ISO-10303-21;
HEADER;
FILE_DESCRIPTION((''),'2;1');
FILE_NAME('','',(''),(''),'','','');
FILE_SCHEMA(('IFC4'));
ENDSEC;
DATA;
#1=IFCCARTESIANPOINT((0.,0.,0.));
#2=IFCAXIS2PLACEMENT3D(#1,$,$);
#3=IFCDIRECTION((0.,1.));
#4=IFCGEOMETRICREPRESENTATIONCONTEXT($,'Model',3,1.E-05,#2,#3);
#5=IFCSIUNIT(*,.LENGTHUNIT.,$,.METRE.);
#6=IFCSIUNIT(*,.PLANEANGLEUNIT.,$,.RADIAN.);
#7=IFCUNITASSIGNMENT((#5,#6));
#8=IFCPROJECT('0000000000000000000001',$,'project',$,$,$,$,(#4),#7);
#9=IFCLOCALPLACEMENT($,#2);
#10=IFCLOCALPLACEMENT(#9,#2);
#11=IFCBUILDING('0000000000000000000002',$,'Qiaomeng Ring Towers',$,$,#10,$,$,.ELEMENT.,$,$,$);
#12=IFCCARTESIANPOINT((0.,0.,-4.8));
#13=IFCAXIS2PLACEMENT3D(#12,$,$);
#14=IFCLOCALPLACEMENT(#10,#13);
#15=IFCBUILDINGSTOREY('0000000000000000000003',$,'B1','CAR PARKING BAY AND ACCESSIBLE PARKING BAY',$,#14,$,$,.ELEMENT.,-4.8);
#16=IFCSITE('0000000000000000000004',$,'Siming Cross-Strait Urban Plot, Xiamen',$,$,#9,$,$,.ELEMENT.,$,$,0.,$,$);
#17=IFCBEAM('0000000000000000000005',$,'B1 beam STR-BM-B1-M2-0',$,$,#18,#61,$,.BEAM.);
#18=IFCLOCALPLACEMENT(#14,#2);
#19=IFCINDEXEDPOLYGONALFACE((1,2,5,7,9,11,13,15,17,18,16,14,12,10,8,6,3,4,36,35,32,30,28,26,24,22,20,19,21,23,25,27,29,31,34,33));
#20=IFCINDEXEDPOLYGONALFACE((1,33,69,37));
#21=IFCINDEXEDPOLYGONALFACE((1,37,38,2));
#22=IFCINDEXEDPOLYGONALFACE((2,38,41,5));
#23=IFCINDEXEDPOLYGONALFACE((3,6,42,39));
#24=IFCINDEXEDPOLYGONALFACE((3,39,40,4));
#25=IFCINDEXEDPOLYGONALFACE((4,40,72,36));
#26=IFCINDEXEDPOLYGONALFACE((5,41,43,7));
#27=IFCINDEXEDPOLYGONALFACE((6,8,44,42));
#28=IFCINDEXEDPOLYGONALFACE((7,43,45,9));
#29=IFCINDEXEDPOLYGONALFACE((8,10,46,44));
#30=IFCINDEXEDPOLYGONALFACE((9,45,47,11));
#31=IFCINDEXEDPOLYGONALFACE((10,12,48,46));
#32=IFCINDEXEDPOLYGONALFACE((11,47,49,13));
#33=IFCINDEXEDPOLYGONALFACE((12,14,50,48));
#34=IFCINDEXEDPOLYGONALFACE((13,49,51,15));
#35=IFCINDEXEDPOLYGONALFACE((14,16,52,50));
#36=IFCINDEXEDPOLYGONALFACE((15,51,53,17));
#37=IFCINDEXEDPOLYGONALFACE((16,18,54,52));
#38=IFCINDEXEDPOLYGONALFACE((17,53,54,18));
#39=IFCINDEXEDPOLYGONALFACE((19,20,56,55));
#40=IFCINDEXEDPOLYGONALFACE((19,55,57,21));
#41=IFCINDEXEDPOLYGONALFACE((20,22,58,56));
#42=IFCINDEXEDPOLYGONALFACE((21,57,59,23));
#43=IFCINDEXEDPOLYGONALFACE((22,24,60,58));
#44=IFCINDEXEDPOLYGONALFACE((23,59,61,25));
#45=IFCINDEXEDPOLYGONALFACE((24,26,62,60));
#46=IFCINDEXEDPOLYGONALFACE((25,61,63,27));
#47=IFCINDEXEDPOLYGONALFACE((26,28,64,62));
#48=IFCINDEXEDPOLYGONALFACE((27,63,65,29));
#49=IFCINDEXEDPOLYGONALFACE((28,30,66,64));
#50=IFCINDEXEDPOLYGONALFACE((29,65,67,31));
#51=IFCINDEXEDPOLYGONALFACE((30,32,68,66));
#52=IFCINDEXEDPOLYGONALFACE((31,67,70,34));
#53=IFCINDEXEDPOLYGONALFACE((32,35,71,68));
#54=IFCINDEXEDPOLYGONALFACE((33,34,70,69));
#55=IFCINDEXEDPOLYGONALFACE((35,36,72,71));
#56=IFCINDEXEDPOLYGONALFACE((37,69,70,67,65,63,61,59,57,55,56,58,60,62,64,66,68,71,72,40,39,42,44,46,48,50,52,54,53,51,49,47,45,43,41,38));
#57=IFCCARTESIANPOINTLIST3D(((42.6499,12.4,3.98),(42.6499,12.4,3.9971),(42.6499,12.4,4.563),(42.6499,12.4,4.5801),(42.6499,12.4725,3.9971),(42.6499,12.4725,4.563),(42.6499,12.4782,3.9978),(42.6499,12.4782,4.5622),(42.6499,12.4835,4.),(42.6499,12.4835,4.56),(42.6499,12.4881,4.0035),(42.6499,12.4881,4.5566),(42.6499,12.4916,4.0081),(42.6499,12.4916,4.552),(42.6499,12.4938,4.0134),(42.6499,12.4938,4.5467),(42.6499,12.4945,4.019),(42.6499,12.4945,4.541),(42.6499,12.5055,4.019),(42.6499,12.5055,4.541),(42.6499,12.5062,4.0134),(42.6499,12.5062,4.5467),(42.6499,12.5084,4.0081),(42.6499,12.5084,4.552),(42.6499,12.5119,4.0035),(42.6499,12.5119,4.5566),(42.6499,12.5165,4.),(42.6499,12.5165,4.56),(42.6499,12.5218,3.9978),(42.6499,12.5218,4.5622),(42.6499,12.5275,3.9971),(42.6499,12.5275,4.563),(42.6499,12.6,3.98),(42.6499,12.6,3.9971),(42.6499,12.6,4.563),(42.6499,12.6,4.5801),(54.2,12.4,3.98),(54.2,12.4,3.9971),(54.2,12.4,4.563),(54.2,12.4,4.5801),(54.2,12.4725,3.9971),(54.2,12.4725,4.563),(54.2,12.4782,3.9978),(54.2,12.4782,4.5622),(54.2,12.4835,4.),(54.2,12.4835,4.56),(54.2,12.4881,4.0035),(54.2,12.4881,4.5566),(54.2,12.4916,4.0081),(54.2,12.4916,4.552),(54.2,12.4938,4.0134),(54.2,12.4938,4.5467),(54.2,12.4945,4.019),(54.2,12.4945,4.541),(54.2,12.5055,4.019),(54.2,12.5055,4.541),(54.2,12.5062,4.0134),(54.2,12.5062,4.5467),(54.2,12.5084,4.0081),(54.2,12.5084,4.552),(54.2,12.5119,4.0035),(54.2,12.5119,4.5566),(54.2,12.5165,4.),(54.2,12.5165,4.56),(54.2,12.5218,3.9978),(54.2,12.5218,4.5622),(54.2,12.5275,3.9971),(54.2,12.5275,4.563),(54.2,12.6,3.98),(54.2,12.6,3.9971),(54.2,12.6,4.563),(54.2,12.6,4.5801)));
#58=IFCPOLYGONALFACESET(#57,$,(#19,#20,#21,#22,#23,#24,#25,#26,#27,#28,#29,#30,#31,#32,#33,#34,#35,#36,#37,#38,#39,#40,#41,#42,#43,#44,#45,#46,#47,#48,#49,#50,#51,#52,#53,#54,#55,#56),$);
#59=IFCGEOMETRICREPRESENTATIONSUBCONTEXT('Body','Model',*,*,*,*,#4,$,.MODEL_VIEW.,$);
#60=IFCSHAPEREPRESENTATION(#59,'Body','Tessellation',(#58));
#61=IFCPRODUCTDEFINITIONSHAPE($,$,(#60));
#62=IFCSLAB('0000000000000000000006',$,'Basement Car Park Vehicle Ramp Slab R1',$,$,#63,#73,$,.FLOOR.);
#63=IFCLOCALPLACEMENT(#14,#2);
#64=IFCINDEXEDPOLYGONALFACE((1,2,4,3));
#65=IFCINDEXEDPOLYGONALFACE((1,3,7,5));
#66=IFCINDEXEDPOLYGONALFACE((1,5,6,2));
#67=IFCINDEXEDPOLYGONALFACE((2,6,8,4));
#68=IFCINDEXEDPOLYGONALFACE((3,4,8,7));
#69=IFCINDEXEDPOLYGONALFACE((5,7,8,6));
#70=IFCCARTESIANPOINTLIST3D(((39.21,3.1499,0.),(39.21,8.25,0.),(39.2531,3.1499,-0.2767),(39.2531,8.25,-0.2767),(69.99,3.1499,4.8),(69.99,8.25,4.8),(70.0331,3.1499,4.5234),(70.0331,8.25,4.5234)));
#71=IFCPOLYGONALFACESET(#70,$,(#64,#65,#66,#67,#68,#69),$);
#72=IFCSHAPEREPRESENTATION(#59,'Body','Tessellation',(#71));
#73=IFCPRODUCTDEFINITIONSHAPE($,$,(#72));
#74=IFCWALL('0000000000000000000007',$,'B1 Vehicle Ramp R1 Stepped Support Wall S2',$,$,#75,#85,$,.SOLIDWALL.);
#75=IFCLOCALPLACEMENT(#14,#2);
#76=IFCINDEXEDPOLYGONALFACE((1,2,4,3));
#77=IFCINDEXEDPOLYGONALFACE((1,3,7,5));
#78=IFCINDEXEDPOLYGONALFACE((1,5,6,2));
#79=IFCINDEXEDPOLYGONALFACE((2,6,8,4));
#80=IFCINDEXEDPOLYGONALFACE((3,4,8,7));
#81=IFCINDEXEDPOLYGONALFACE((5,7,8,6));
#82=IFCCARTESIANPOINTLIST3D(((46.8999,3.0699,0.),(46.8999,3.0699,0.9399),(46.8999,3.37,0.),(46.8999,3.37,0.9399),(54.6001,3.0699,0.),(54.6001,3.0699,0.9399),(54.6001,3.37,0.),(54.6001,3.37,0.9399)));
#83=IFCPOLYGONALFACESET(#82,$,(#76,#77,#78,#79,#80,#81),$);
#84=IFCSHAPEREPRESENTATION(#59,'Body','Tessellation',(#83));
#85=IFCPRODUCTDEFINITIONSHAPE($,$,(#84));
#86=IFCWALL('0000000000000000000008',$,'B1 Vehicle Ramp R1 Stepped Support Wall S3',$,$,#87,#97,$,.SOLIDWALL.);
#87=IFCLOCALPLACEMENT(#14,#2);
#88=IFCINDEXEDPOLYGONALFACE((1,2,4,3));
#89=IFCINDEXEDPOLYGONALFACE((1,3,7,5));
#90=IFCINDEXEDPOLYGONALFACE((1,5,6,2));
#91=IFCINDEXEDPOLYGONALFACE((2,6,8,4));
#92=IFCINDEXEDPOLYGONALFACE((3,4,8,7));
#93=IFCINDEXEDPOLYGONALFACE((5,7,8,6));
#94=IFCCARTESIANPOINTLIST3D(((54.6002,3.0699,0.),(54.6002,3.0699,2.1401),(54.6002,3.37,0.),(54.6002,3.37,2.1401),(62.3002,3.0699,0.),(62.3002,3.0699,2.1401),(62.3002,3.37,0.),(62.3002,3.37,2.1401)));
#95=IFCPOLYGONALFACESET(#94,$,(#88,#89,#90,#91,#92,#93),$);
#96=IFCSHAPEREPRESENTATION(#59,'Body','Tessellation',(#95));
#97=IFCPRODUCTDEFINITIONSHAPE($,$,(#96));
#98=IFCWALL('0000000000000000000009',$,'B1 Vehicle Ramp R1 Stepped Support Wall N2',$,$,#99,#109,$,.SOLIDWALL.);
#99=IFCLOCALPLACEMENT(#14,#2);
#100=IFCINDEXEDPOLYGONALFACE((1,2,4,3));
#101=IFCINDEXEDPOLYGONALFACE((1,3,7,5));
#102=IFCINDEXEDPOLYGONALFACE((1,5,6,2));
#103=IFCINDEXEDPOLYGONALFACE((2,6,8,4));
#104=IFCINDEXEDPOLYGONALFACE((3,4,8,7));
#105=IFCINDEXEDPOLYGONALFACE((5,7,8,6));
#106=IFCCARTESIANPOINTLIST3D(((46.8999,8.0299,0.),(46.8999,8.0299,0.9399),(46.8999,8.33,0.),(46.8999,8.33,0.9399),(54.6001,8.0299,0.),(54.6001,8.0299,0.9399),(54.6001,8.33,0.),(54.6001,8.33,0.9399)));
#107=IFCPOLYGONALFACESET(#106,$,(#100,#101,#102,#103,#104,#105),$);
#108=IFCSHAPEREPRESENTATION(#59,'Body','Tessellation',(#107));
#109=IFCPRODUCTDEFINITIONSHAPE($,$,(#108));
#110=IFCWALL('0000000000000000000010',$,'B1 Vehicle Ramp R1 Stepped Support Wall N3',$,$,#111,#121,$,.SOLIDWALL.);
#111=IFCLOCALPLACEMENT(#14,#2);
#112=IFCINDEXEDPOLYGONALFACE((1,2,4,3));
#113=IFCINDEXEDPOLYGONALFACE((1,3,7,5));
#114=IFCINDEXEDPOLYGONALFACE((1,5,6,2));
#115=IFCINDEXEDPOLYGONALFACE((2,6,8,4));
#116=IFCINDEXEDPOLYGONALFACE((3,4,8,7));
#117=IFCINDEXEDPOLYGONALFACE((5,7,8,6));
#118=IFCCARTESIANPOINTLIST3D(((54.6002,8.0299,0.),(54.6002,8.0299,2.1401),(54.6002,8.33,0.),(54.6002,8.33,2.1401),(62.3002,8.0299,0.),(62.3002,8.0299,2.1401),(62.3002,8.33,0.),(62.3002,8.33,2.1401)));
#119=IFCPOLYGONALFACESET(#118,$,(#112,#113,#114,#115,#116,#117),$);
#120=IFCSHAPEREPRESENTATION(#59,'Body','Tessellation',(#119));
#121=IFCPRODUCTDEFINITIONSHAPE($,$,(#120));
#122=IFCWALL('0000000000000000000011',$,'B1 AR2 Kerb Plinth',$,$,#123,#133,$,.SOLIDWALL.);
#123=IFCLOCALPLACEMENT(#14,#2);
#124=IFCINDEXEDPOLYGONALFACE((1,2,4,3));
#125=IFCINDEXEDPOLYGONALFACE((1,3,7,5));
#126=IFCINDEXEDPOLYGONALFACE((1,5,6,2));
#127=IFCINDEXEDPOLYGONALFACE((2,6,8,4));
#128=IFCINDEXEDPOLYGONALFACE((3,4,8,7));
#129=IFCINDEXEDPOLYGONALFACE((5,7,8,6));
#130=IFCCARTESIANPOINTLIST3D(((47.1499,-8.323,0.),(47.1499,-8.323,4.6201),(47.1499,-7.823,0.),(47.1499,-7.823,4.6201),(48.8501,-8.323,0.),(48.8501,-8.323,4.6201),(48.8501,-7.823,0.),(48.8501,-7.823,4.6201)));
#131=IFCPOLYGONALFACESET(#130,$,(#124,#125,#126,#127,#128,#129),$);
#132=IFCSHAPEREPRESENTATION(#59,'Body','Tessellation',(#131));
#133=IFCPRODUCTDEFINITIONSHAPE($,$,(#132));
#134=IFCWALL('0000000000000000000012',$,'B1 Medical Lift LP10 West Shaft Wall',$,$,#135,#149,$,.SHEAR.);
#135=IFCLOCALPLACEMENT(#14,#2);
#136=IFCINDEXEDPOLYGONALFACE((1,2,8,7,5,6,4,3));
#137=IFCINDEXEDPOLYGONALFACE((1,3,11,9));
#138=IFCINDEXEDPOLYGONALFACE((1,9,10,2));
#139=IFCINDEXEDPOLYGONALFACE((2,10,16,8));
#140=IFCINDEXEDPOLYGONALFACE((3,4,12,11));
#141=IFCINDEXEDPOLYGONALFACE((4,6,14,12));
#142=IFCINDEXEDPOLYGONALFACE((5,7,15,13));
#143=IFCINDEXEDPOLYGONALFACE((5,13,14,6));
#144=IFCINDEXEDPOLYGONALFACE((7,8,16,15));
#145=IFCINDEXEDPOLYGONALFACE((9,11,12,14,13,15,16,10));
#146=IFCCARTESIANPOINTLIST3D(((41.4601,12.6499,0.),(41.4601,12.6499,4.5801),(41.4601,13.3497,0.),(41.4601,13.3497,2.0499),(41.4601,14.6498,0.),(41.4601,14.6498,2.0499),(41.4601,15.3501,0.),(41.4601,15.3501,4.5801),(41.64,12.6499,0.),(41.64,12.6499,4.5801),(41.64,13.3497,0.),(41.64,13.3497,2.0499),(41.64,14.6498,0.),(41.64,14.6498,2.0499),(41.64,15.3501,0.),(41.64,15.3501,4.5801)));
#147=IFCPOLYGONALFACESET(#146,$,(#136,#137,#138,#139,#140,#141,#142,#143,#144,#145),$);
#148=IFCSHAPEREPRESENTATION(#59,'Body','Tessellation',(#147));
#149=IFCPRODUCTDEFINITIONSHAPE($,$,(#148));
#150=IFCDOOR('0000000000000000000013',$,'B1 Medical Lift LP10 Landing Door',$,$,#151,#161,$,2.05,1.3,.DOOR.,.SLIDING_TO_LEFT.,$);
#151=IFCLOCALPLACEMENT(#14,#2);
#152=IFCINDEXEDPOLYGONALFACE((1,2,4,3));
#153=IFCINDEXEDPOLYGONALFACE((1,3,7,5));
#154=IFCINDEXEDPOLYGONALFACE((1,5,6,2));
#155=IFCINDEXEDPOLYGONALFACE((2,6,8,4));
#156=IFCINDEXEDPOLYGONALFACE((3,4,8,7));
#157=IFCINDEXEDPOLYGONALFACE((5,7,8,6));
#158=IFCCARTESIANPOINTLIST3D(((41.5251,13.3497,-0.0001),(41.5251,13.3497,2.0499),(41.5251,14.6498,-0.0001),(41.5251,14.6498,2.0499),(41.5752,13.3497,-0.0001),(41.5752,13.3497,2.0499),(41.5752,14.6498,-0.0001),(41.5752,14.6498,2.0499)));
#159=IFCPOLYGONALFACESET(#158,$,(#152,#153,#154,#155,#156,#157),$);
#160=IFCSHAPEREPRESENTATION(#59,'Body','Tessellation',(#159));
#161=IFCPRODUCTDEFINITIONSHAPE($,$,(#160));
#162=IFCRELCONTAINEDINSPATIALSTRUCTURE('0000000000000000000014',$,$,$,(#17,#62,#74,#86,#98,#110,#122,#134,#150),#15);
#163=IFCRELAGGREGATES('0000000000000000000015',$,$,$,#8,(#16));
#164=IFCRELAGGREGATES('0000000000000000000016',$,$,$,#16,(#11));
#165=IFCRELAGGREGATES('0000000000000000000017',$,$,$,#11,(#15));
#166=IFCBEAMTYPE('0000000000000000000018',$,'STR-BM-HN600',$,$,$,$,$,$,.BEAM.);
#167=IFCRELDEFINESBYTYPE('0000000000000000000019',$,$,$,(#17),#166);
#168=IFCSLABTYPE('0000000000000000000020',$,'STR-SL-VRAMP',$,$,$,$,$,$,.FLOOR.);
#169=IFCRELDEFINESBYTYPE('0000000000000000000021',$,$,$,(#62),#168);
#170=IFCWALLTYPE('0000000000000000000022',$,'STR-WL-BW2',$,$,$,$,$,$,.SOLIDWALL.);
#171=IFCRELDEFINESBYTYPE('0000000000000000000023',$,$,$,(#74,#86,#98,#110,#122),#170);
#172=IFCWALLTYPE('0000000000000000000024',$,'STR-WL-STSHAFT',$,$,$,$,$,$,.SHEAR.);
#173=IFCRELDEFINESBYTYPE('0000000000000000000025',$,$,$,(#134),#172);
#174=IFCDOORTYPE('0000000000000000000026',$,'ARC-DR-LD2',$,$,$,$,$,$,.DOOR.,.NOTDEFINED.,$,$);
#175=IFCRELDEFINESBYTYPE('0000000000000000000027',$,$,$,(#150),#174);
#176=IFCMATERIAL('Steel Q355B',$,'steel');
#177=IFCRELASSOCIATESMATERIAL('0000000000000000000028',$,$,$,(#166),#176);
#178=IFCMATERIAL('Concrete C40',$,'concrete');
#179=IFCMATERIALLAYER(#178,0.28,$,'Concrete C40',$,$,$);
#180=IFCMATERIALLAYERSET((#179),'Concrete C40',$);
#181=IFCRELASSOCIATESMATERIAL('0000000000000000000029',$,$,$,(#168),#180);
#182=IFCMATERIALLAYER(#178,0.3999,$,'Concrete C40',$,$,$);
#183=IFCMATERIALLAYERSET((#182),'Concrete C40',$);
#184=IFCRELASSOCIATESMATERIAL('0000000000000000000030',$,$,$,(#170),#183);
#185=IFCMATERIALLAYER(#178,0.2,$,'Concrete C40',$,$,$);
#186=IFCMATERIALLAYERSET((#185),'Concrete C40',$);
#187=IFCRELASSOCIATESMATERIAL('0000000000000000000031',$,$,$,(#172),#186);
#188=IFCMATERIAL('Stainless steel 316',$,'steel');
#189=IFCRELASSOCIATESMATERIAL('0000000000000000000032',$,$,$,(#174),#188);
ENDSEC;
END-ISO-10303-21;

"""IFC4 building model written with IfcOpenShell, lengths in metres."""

from ifc_helpers import new_model, si_unit, direction, frame, frame_2d, origin, origin_2d, place, context, subcontext, project, spatial, polyline, rectangle, i_section, outline, extrude, source, transform, mapped, material, layer, layer_set, material_profile, profile_set, type_object, element, fill, save


model = new_model("IFC4")

# Units and contexts
model_context = context("Model", 3, precision=1e-05, world=origin(), true_north=direction((0.0, 1.0)))
body_context = subcontext(model_context, "Body", "Model", "MODEL_VIEW")
ifc_project = project(units=[si_unit("LENGTHUNIT", "METRE"), si_unit("PLANEANGLEUNIT", "RADIAN")], contexts=[model_context])

# Site, building, storey
site_placement = place(None, origin())
site = spatial("IfcSite", under=ifc_project, at=site_placement, Name="Siming Cross-Strait Urban Plot, Xiamen", CompositionType="ELEMENT", RefElevation=0.0)
building_placement = place(site_placement, origin())
building = spatial("IfcBuilding", under=site, at=building_placement, Name="Qiaomeng Ring Towers", CompositionType="ELEMENT")
storey_placement = place(building_placement, frame((0.0, 0.0, -4.8)))
storey = spatial("IfcBuildingStorey", under=building, at=storey_placement, Name="B1", Description="CAR PARKING BAY AND ACCESSIBLE PARKING BAY", CompositionType="ELEMENT", Elevation=-4.8)

# Beam
ifc_material_1 = material(Name="Steel Q355B", Category="steel")
ifc_material_profile_1 = material_profile(ifc_material_1, i_section(OverallWidth=0.2, OverallDepth=0.6001, WebThickness=0.011, FlangeThickness=0.0171, FilletRadius=0.022, at=origin_2d()), Name="HN 600x200x11x17")
ifc_profile_set_1 = profile_set([ifc_material_profile_1], Name="Steel Q355B")
beam_type_1 = type_object("IfcBeamType", Name="STR-BM-HN600", PredefinedType="BEAM", material=ifc_profile_set_1)
shared_shape_1 = source(origin(), body_context, "Body", "SweptSolid", [
    extrude(i_section(OverallWidth=0.2, OverallDepth=0.6001, WebThickness=0.011, FlangeThickness=0.0171, FilletRadius=0.022, at=origin_2d()), origin(), (0.0, 0.0, 1.0), 11.55),
])
beam_1_placement = place(storey_placement, frame((42.6499, 12.5, 4.28), z_axis=(1.0, 0.0, 0.0), x_axis=(0.0, 1.0, 0.0)))
element("IfcBeam", 1, at=beam_1_placement, inside=storey, type_object=beam_type_1, Name="B1 beam STR-BM-B1-M2-0", PredefinedType="BEAM", context=body_context, shape_type="MappedRepresentation", body=[
    mapped(shared_shape_1, transform((0.0, 0.0, 0.0), x_axis=(1.0, 0.0, 0.0), y_axis=(0.0, 1.0, 0.0), z_axis=(0.0, 0.0, 1.0), scale=1.0)),
])

# Slab
ifc_material_2 = material(Name="Concrete C40", Category="concrete")
ifc_layer_1 = layer(ifc_material_2, 0.28, Name="Concrete C40")
ifc_layer_set_1 = layer_set([ifc_layer_1], Name="Concrete C40")
slab_type = type_object("IfcSlabType", Name="STR-SL-VRAMP", PredefinedType="FLOOR", material=ifc_layer_set_1)
slab_placement = place(storey_placement, frame((39.21, 3.1499, 0.0), z_axis=(-0.154084, 0.0, 0.988058), x_axis=(0.988058, 0.0, 0.154084)))
element("IfcSlab", 2, at=slab_placement, inside=storey, type_object=slab_type, Name="Basement Car Park Vehicle Ramp Slab R1", PredefinedType="FLOOR", context=body_context, shape_type="SweptSolid", body=[
    extrude(outline(polyline([(0.0, 0.0), (31.1521, 0.0), (31.1521, 5.1001), (0.0, 5.1001), (0.0, 0.0)])), origin(), (0.0, 0.0, -1.0), 0.28),
])

# Walls
ifc_layer_2 = layer(ifc_material_2, 0.3999, Name="Concrete C40")
ifc_layer_set_2 = layer_set([ifc_layer_2], Name="Concrete C40")
wall_type_1 = type_object("IfcWallType", Name="STR-WL-BW2", PredefinedType="SOLIDWALL", material=ifc_layer_set_2)
wall_1_placement = place(storey_placement, frame((46.8999, 3.22, 0.0), z_axis=(0.0, 0.0, 1.0), x_axis=(1.0, 0.0, 0.0)))
element("IfcWall", 3, at=wall_1_placement, inside=storey, type_object=wall_type_1, Name="B1 Vehicle Ramp R1 Stepped Support Wall S2", PredefinedType="SOLIDWALL", context=body_context, shape_type="SweptSolid", body=[
    extrude(rectangle(XDim=7.7002, YDim=0.3, at=frame_2d((3.8501, 0.0))), origin(), (0.0, 0.0, 1.0), 0.9399),
])
wall_2_placement = place(storey_placement, frame((54.6001, 3.22, 0.0), z_axis=(0.0, 0.0, 1.0), x_axis=(1.0, 0.0, 0.0)))
element("IfcWall", 4, at=wall_2_placement, inside=storey, type_object=wall_type_1, Name="B1 Vehicle Ramp R1 Stepped Support Wall S3", PredefinedType="SOLIDWALL", context=body_context, shape_type="SweptSolid", body=[
    extrude(rectangle(XDim=7.7, YDim=0.3, at=frame_2d((3.8501, 0.0))), origin(), (0.0, 0.0, 1.0), 2.1401),
])
wall_3_placement = place(storey_placement, frame((46.8999, 8.1799, 0.0), z_axis=(0.0, 0.0, 1.0), x_axis=(1.0, 0.0, 0.0)))
element("IfcWall", 5, at=wall_3_placement, inside=storey, type_object=wall_type_1, Name="B1 Vehicle Ramp R1 Stepped Support Wall N2", PredefinedType="SOLIDWALL", context=body_context, shape_type="SweptSolid", body=[
    extrude(rectangle(XDim=7.7002, YDim=0.3, at=frame_2d((3.8501, 0.0))), origin(), (0.0, 0.0, 1.0), 0.9399),
])
wall_4_placement = place(storey_placement, frame((54.6001, 8.1799, 0.0), z_axis=(0.0, 0.0, 1.0), x_axis=(1.0, 0.0, 0.0)))
element("IfcWall", 6, at=wall_4_placement, inside=storey, type_object=wall_type_1, Name="B1 Vehicle Ramp R1 Stepped Support Wall N3", PredefinedType="SOLIDWALL", context=body_context, shape_type="SweptSolid", body=[
    extrude(rectangle(XDim=7.7, YDim=0.3, at=frame_2d((3.8501, 0.0))), origin(), (0.0, 0.0, 1.0), 2.1401),
])
wall_5_placement = place(storey_placement, frame((47.1499, -8.073, 0.0), z_axis=(0.0, 0.0, 1.0), x_axis=(1.0, 0.0, 0.0)))
element("IfcWall", 7, at=wall_5_placement, inside=storey, type_object=wall_type_1, Name="B1 AR2 Kerb Plinth", PredefinedType="SOLIDWALL", context=body_context, shape_type="SweptSolid", body=[
    extrude(rectangle(XDim=1.7002, YDim=0.5, at=frame_2d((0.8501, 0.0))), origin(), (0.0, 0.0, 1.0), 4.6201),
])

# Wall, opening, door
ifc_layer_3 = layer(ifc_material_2, 0.2, Name="Concrete C40")
ifc_layer_set_3 = layer_set([ifc_layer_3], Name="Concrete C40")
wall_type_2 = type_object("IfcWallType", Name="STR-WL-STSHAFT", PredefinedType="SHEAR", material=ifc_layer_set_3)
wall_6_placement = place(storey_placement, frame((41.55, 12.6499, 0.0), z_axis=(0.0, 0.0, 1.0), x_axis=(0.0, 1.0, 0.0)))
wall_6 = element("IfcWall", 8, at=wall_6_placement, inside=storey, type_object=wall_type_2, Name="B1 Medical Lift LP10 West Shaft Wall", PredefinedType="SHEAR", context=body_context, shape_type="SweptSolid", body=[
    extrude(rectangle(XDim=2.7002, YDim=0.1799, at=frame_2d((1.3501, 0.0))), origin(), (0.0, 0.0, 1.0), 4.5801),
])
opening_1_placement = place(wall_6_placement, frame((0.7, 0.0, 0.0)))
opening_1 = element("IfcOpeningElement", 9, at=opening_1_placement, cuts=wall_6, PredefinedType="OPENING", context=body_context, shape_type="SweptSolid", body=[
    extrude(rectangle(XDim=1.3, YDim=2.05, at=frame_2d((0.6499, 1.0249))), frame((0.0, 0.0999, 0.0), z_axis=(0.0, -1.0, 0.0), x_axis=(1.0, 0.0, 0.0)), (0.0, 0.0, 1.0), 0.2),
])
ifc_material_3 = material(Name="Stainless steel 316", Category="steel")
door_type_1 = type_object("IfcDoorType", Name="ARC-DR-LD2", OperationType="NOTDEFINED", PredefinedType="DOOR", material=ifc_material_3)
shared_shape_2 = source(origin(), body_context, "Body", "SweptSolid", [
    extrude(rectangle(XDim=1.3, YDim=2.05, at=frame_2d((0.6499, 1.0249))), frame((0.0, 0.0249, 0.0), z_axis=(0.0, -1.0, 0.0), x_axis=(1.0, 0.0, 0.0)), (0.0, 0.0, 1.0), 0.05),
])
door_1_placement = place(opening_1_placement, origin())
door_1 = element("IfcDoor", 10, at=door_1_placement, inside=storey, type_object=door_type_1, Name="B1 Medical Lift LP10 Landing Door", OperationType="SLIDING_TO_LEFT", OverallHeight=2.05, OverallWidth=1.3, PredefinedType="DOOR", context=body_context, shape_type="MappedRepresentation", body=[
    mapped(shared_shape_2, transform((0.0, 0.0, 0.0), x_axis=(1.0, 0.0, 0.0), y_axis=(0.0, 1.0, 0.0), z_axis=(0.0, 0.0, 1.0), scale=1.0)),
])
fill(opening_1, door_1)

save(model, "model.ifc")
